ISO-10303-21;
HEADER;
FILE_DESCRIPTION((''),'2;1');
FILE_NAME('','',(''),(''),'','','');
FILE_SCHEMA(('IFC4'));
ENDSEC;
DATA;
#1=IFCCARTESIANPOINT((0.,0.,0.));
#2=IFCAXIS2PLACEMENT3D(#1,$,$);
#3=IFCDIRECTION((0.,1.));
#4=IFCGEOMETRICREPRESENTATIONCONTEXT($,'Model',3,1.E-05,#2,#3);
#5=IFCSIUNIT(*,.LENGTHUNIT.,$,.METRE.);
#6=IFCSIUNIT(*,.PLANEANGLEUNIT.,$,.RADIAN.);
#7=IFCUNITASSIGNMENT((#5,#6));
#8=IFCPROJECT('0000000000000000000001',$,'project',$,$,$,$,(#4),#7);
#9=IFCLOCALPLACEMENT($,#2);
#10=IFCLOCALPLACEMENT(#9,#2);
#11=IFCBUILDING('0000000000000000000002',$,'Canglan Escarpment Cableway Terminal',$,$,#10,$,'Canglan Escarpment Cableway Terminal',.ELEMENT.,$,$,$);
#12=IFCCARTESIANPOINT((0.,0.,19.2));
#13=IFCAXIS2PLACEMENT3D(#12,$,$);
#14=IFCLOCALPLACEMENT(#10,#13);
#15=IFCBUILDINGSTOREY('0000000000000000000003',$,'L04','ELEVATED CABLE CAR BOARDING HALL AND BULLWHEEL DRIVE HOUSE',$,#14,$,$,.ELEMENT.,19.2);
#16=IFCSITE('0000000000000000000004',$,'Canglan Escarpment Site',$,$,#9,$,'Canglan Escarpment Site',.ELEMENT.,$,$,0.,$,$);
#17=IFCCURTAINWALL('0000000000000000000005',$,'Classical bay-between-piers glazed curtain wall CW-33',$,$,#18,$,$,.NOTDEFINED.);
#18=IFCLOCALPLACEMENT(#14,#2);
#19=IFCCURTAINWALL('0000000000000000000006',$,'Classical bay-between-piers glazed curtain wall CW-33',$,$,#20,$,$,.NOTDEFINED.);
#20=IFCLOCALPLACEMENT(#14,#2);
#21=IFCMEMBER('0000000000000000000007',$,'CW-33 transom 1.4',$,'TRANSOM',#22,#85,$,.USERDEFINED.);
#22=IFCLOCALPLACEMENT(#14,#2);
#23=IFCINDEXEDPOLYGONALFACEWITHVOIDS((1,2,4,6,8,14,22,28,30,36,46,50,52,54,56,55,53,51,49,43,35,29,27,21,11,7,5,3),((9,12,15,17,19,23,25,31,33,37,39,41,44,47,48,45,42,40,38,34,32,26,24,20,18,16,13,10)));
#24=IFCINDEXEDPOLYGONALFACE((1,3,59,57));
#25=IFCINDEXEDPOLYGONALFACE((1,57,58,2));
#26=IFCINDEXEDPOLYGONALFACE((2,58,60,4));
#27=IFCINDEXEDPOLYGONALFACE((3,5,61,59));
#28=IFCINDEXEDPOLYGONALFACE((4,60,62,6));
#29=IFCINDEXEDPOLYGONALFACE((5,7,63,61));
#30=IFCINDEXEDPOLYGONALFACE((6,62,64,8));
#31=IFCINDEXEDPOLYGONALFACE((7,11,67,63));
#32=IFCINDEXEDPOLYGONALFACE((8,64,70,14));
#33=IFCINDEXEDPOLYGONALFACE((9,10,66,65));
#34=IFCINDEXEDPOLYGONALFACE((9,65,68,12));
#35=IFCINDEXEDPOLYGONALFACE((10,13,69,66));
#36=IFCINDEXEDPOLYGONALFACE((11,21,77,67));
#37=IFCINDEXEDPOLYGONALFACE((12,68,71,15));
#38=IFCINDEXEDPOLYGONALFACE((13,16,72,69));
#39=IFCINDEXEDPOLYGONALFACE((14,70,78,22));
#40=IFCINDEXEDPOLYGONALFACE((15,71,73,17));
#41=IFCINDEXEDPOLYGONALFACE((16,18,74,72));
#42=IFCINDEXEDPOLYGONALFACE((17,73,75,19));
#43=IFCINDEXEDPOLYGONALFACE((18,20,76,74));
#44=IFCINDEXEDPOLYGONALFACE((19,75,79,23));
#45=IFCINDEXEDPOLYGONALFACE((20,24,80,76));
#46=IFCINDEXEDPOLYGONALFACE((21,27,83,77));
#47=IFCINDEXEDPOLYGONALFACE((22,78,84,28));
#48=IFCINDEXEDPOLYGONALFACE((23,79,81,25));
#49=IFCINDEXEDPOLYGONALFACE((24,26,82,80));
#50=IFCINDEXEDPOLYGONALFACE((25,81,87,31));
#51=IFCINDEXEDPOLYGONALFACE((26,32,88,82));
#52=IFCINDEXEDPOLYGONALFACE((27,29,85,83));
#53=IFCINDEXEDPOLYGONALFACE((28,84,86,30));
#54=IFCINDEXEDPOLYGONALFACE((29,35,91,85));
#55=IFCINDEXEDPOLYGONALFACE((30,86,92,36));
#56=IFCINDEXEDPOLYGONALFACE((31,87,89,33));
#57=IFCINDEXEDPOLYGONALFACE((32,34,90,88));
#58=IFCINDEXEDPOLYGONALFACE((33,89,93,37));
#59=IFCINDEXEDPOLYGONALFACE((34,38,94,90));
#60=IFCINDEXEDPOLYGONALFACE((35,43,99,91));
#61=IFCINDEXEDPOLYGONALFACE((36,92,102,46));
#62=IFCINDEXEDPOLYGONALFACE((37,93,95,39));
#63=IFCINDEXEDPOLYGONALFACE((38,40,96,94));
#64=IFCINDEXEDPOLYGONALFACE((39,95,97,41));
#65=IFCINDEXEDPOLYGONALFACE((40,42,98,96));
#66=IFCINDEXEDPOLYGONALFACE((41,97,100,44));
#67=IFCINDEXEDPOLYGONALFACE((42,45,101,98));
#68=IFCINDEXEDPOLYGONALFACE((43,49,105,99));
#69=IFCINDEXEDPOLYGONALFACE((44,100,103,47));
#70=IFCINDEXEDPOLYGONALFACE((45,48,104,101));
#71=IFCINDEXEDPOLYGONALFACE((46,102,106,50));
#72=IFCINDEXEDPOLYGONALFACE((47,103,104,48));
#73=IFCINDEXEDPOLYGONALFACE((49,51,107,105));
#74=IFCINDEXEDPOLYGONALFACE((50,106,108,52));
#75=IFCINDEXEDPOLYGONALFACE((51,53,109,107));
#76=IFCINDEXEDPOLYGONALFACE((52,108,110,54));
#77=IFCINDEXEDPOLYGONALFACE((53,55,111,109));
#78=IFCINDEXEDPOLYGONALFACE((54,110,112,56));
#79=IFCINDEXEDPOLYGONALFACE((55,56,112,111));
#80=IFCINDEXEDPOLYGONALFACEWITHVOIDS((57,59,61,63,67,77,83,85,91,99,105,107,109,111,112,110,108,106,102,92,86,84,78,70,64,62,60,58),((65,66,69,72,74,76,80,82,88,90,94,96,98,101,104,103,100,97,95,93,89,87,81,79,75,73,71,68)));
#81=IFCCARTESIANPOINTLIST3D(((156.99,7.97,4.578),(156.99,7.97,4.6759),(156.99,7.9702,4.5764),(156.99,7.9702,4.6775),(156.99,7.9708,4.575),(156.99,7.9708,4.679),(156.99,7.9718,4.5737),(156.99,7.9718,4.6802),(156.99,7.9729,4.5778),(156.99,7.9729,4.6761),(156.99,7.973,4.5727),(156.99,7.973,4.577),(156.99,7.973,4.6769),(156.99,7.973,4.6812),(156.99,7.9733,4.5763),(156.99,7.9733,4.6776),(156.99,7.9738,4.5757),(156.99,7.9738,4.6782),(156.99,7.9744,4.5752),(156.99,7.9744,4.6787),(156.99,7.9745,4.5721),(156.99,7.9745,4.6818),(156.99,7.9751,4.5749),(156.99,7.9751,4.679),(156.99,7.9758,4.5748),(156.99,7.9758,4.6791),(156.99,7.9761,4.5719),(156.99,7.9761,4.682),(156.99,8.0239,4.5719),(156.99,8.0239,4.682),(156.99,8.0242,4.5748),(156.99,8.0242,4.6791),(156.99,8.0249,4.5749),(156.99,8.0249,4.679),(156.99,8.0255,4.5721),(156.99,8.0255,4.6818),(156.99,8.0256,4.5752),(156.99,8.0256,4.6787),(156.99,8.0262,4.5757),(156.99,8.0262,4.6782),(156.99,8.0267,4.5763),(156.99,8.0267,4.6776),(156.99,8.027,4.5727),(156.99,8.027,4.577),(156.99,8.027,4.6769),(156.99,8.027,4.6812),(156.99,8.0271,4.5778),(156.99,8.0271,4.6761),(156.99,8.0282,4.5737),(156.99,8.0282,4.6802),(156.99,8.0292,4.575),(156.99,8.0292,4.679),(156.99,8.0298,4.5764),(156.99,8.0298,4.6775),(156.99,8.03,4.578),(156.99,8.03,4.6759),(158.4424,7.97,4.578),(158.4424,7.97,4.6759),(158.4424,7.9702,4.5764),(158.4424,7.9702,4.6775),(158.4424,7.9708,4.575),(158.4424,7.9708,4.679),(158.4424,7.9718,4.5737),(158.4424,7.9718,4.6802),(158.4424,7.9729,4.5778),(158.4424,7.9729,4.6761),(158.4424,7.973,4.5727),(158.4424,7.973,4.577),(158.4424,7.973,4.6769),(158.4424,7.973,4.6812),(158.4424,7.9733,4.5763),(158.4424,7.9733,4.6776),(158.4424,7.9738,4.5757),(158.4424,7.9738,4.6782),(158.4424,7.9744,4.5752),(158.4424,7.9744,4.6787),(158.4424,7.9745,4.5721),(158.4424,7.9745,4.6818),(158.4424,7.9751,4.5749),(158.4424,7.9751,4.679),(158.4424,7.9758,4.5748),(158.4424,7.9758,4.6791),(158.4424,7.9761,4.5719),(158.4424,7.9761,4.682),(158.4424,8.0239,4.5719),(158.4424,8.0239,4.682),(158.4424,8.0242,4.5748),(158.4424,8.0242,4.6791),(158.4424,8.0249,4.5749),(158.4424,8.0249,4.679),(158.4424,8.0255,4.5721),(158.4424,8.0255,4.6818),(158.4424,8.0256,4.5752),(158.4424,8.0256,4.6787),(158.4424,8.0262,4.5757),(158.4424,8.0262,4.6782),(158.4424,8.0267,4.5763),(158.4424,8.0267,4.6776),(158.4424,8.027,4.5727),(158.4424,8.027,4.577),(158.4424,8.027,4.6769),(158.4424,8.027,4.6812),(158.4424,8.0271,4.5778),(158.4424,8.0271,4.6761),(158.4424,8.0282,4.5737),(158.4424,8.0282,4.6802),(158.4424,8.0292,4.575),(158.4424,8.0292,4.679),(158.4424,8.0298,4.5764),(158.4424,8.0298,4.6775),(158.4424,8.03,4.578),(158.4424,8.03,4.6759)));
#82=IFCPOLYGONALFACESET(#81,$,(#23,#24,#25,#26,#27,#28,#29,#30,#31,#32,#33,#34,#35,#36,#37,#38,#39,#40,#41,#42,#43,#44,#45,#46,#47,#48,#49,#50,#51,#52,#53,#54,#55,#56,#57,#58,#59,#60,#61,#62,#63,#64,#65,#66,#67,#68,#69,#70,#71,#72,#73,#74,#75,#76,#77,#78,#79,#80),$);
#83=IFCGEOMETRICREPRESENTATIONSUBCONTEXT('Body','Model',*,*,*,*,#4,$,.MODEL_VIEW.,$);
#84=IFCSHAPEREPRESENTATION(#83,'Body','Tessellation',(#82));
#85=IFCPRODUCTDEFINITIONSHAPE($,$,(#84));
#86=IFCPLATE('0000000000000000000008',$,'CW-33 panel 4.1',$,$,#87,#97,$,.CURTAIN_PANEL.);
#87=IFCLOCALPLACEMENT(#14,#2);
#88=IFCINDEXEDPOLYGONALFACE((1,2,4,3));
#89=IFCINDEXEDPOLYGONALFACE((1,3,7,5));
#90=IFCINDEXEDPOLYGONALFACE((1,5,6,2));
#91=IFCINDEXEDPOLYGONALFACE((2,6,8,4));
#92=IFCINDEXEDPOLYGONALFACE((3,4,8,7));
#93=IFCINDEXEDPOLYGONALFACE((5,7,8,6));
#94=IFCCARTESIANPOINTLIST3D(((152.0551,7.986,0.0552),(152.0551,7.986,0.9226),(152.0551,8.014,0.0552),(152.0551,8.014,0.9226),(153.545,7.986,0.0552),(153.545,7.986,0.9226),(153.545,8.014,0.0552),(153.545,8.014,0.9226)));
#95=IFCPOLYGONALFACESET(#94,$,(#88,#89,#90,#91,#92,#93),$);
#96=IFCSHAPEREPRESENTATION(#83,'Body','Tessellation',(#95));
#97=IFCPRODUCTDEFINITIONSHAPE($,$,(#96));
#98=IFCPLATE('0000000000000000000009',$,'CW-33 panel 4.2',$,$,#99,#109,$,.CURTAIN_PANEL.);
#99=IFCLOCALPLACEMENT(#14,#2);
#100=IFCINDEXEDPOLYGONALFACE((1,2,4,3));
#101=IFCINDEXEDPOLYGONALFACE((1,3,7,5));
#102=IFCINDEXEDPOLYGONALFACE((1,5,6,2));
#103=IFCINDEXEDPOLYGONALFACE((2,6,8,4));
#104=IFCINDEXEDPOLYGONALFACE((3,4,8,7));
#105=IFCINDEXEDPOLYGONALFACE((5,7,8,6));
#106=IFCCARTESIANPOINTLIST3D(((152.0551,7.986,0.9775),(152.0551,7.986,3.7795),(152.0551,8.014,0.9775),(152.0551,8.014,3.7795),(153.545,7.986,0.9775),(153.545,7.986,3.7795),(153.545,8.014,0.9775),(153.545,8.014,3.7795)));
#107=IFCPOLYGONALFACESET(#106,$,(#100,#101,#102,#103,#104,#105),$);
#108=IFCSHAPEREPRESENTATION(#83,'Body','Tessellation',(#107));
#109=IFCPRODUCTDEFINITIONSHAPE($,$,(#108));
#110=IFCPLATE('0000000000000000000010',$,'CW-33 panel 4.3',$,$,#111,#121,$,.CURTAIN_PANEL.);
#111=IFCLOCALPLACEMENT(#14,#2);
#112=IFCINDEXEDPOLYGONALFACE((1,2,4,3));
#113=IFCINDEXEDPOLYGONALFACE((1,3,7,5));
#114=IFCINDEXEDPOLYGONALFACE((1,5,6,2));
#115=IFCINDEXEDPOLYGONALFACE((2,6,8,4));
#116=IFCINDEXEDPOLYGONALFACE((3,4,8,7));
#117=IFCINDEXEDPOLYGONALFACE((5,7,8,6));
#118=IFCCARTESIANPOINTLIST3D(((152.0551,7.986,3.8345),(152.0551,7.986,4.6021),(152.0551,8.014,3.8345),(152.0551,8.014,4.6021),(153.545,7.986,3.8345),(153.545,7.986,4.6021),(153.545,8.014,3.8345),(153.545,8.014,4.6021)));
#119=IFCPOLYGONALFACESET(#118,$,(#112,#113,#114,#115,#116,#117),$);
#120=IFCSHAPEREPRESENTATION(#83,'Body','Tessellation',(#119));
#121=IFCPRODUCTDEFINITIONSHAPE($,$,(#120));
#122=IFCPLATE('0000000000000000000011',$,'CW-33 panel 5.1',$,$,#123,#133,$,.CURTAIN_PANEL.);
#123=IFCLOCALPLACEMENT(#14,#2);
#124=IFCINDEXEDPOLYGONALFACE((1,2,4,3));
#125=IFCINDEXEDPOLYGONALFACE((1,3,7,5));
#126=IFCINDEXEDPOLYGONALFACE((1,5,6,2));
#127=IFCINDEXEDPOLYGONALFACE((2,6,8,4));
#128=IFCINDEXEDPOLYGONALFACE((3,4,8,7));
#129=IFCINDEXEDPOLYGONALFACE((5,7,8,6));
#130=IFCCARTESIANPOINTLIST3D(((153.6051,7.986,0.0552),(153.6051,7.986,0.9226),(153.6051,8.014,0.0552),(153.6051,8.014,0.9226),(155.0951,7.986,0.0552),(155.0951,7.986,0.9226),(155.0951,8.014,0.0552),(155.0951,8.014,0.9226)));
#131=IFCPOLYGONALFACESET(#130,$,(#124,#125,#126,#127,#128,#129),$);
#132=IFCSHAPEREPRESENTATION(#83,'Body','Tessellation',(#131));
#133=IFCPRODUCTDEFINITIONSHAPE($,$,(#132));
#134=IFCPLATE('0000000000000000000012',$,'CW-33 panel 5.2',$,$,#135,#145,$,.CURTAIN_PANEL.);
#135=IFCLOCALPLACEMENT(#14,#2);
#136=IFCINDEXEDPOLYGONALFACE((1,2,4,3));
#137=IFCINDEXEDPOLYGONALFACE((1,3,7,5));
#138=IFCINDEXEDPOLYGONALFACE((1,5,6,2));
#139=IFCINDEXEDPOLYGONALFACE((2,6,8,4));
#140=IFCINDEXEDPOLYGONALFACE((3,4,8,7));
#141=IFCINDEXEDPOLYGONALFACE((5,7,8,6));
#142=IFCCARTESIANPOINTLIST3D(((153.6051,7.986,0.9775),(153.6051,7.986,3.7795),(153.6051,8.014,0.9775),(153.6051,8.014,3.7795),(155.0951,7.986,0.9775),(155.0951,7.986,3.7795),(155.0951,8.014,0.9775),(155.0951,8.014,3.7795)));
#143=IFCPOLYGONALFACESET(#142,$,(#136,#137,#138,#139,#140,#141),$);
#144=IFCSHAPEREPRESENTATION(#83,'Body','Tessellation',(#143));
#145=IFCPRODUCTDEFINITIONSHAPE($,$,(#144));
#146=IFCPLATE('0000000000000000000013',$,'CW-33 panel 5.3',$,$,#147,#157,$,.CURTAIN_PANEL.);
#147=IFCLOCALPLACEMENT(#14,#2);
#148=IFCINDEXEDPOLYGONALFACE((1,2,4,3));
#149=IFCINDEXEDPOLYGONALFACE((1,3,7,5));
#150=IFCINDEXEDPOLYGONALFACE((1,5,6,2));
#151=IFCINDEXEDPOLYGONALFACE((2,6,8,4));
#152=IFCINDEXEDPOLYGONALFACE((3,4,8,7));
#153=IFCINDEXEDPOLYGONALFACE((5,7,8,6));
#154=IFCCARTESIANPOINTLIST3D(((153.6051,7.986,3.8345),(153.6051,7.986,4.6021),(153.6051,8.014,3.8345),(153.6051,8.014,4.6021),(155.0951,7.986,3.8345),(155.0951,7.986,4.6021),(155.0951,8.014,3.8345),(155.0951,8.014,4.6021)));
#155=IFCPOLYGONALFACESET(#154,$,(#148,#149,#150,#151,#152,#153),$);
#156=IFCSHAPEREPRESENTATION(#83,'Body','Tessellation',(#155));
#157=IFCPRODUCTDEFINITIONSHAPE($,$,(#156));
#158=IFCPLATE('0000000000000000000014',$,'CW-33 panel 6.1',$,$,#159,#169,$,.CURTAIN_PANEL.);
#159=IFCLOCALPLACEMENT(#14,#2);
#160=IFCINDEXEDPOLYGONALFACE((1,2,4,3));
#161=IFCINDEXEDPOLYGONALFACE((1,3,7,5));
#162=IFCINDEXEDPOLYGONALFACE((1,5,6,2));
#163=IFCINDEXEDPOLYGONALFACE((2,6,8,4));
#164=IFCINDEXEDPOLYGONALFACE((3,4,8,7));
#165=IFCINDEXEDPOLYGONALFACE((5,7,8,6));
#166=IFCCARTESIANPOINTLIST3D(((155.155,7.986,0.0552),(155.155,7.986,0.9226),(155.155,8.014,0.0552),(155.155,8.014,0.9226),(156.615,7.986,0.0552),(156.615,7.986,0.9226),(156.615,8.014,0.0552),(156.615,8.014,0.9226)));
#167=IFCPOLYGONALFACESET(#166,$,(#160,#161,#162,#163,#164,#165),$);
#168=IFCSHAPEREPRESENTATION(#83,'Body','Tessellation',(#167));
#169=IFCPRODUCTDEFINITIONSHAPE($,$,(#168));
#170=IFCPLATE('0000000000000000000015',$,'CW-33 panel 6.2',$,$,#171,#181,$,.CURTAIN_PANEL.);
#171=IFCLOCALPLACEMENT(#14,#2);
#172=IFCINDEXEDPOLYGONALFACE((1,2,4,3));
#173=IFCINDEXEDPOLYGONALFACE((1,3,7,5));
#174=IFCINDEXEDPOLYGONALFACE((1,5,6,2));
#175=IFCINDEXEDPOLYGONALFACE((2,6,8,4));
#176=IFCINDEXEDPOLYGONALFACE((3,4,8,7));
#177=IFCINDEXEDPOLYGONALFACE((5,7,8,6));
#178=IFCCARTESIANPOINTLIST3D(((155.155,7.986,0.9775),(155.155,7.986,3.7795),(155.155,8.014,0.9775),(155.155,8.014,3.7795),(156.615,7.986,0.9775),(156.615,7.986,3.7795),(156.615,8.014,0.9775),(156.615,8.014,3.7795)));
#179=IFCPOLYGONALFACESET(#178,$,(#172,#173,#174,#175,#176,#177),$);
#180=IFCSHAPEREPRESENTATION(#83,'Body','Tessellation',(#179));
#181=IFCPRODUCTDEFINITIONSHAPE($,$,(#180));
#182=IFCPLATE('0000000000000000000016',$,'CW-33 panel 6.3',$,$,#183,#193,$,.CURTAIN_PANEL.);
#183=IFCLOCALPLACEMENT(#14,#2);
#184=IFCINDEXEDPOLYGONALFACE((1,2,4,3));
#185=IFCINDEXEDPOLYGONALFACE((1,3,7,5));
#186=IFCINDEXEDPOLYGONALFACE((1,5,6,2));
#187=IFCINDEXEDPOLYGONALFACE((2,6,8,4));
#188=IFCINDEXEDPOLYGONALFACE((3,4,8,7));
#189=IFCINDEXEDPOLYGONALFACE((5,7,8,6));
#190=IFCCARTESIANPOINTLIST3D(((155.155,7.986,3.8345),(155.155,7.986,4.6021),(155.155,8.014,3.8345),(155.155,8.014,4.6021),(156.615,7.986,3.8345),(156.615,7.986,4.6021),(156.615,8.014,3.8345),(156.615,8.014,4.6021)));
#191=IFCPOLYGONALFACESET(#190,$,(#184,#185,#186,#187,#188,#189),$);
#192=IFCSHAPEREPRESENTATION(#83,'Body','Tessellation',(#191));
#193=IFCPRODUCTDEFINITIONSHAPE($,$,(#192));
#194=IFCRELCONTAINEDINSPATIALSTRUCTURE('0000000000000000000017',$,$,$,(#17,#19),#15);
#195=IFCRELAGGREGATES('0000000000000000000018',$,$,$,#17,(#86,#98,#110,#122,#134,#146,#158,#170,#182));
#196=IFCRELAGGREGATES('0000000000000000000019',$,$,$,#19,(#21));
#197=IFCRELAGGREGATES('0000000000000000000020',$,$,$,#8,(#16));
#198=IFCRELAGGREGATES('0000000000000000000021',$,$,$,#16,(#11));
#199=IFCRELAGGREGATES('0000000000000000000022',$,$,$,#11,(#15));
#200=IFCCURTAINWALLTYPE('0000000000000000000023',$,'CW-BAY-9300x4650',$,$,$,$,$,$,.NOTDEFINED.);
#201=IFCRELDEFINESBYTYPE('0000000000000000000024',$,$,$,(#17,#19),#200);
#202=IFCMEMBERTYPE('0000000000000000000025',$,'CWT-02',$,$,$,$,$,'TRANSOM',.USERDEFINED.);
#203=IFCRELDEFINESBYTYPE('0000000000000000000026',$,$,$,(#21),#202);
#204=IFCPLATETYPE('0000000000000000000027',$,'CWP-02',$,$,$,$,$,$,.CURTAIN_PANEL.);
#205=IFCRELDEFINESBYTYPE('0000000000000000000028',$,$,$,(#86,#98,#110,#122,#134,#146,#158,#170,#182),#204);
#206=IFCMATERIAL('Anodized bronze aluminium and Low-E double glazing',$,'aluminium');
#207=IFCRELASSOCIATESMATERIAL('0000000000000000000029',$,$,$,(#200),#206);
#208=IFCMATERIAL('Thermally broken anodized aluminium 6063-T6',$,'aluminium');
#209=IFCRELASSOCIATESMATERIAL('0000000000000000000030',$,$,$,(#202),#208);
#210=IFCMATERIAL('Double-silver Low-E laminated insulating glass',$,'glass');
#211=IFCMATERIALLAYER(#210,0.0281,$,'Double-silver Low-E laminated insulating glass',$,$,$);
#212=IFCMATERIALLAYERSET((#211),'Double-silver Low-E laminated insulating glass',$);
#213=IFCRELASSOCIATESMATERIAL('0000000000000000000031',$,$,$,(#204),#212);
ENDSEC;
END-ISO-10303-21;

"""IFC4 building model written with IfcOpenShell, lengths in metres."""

from ifc_helpers import new_model, si_unit, direction, frame, origin, origin_2d, place, context, subcontext, project, spatial, rectangle, hollow_rectangle, extrude, material, layer, layer_set, material_profile, profile_set, type_object, element, aggregate, save


model = new_model("IFC4")

# Units and contexts
model_context = context("Model", 3, precision=1e-05, world=origin(), true_north=direction((0.0, 1.0)))
body_context = subcontext(model_context, "Body", "Model", "MODEL_VIEW")
ifc_project = project(units=[si_unit("LENGTHUNIT", "METRE"), si_unit("PLANEANGLEUNIT", "RADIAN")], contexts=[model_context])

# Site, building, storey
site_placement = place(None, origin())
site = spatial("IfcSite", under=ifc_project, at=site_placement, Name="Canglan Escarpment Site", LongName="Canglan Escarpment Site", CompositionType="ELEMENT", RefElevation=0.0)
building_placement = place(site_placement, origin())
building = spatial("IfcBuilding", under=site, at=building_placement, Name="Canglan Escarpment Cableway Terminal", LongName="Canglan Escarpment Cableway Terminal", CompositionType="ELEMENT")
storey_placement = place(building_placement, frame((0.0, 0.0, 19.2)))
storey = spatial("IfcBuildingStorey", under=building, at=storey_placement, Name="L04", Description="ELEVATED CABLE CAR BOARDING HALL AND BULLWHEEL DRIVE HOUSE", CompositionType="ELEMENT", Elevation=19.2)

# Curtain walls
ifc_material_1 = material(Name="Anodized bronze aluminium and Low-E double glazing", Category="aluminium")
curtain_wall_type = type_object("IfcCurtainWallType", Name="CW-BAY-9300x4650", PredefinedType="NOTDEFINED", material=ifc_material_1)
curtain_wall_1_placement = place(storey_placement, origin())
curtain_wall_1 = element("IfcCurtainWall", 1, at=curtain_wall_1_placement, inside=storey, type_object=curtain_wall_type, Name="Classical bay-between-piers glazed curtain wall CW-33", PredefinedType="NOTDEFINED")
ifc_material_2 = material(Name="Thermally broken anodized aluminium 6063-T6", Category="aluminium")
curtain_wall_2_placement = place(storey_placement, origin())
curtain_wall_2 = element("IfcCurtainWall", 2, at=curtain_wall_2_placement, inside=storey, type_object=curtain_wall_type, Name="Classical bay-between-piers glazed curtain wall CW-33", PredefinedType="NOTDEFINED")

# Member
ifc_material_profile_1 = material_profile(ifc_material_2, hollow_rectangle(XDim=0.0601, YDim=0.1101, WallThickness=0.0029, InnerFilletRadius=0.0029, OuterFilletRadius=0.0061, at=origin_2d()), Name="ALU-TRAN 60x110x3")
ifc_profile_set_1 = profile_set([ifc_material_profile_1], Name="Thermally broken anodized aluminium 6063-T6")
member_type_1 = type_object("IfcMemberType", Name="CWT-02", ElementType="TRANSOM", PredefinedType="USERDEFINED", material=ifc_profile_set_1)
member_1_placement = place(storey_placement, frame((156.99, 8.0, 4.627), z_axis=(1.0, 0.0, 0.0), x_axis=(0.0, 1.0, 0.0)))
member_1 = element("IfcMember", 3, at=member_1_placement, type_object=member_type_1, Name="CW-33 transom 1.4", ObjectType="TRANSOM", PredefinedType="USERDEFINED", context=body_context, shape_type="SweptSolid", body=[
    extrude(hollow_rectangle(XDim=0.0601, YDim=0.1101, WallThickness=0.0029, InnerFilletRadius=0.0029, OuterFilletRadius=0.0061, at=origin_2d()), origin(), (0.0, 0.0, 1.0), 1.4524),
])

# Plates
ifc_material_3 = material(Name="Double-silver Low-E laminated insulating glass", Category="glass")
ifc_layer_1 = layer(ifc_material_3, 0.0281, Name="Double-silver Low-E laminated insulating glass")
ifc_layer_set_1 = layer_set([ifc_layer_1], Name="Double-silver Low-E laminated insulating glass")
plate_type_1 = type_object("IfcPlateType", Name="CWP-02", PredefinedType="CURTAIN_PANEL", material=ifc_layer_set_1)
plate_1_placement = place(storey_placement, frame((152.8, 8.0, 0.0552), z_axis=(0.0, 0.0, 1.0), x_axis=(1.0, 0.0, 0.0)))
plate_1 = element("IfcPlate", 4, at=plate_1_placement, type_object=plate_type_1, Name="CW-33 panel 4.1", PredefinedType="CURTAIN_PANEL", context=body_context, shape_type="SweptSolid", body=[
    extrude(rectangle(XDim=1.49, YDim=0.0281, at=origin_2d()), origin(), (0.0, 0.0, 1.0), 0.8674),
])
plate_2_placement = place(storey_placement, frame((152.8, 8.0, 0.9775), z_axis=(0.0, 0.0, 1.0), x_axis=(1.0, 0.0, 0.0)))
plate_2 = element("IfcPlate", 5, at=plate_2_placement, type_object=plate_type_1, Name="CW-33 panel 4.2", PredefinedType="CURTAIN_PANEL", context=body_context, shape_type="SweptSolid", body=[
    extrude(rectangle(XDim=1.49, YDim=0.0281, at=origin_2d()), origin(), (0.0, 0.0, 1.0), 2.802),
])
plate_3_placement = place(storey_placement, frame((152.8, 8.0, 3.8345), z_axis=(0.0, 0.0, 1.0), x_axis=(1.0, 0.0, 0.0)))
plate_3 = element("IfcPlate", 6, at=plate_3_placement, type_object=plate_type_1, Name="CW-33 panel 4.3", PredefinedType="CURTAIN_PANEL", context=body_context, shape_type="SweptSolid", body=[
    extrude(rectangle(XDim=1.49, YDim=0.0281, at=origin_2d()), origin(), (0.0, 0.0, 1.0), 0.7676),
])
plate_4_placement = place(storey_placement, frame((154.3501, 8.0, 0.0552), z_axis=(0.0, 0.0, 1.0), x_axis=(1.0, 0.0, 0.0)))
plate_4 = element("IfcPlate", 7, at=plate_4_placement, type_object=plate_type_1, Name="CW-33 panel 5.1", PredefinedType="CURTAIN_PANEL", context=body_context, shape_type="SweptSolid", body=[
    extrude(rectangle(XDim=1.49, YDim=0.0281, at=origin_2d()), origin(), (0.0, 0.0, 1.0), 0.8674),
])
plate_5_placement = place(storey_placement, frame((154.3501, 8.0, 0.9775), z_axis=(0.0, 0.0, 1.0), x_axis=(1.0, 0.0, 0.0)))
plate_5 = element("IfcPlate", 8, at=plate_5_placement, type_object=plate_type_1, Name="CW-33 panel 5.2", PredefinedType="CURTAIN_PANEL", context=body_context, shape_type="SweptSolid", body=[
    extrude(rectangle(XDim=1.49, YDim=0.0281, at=origin_2d()), origin(), (0.0, 0.0, 1.0), 2.802),
])
plate_6_placement = place(storey_placement, frame((154.3501, 8.0, 3.8345), z_axis=(0.0, 0.0, 1.0), x_axis=(1.0, 0.0, 0.0)))
plate_6 = element("IfcPlate", 9, at=plate_6_placement, type_object=plate_type_1, Name="CW-33 panel 5.3", PredefinedType="CURTAIN_PANEL", context=body_context, shape_type="SweptSolid", body=[
    extrude(rectangle(XDim=1.49, YDim=0.0281, at=origin_2d()), origin(), (0.0, 0.0, 1.0), 0.7676),
])
plate_7_placement = place(storey_placement, frame((155.885, 8.0, 0.0552), z_axis=(0.0, 0.0, 1.0), x_axis=(1.0, 0.0, 0.0)))
plate_7 = element("IfcPlate", 10, at=plate_7_placement, type_object=plate_type_1, Name="CW-33 panel 6.1", PredefinedType="CURTAIN_PANEL", context=body_context, shape_type="SweptSolid", body=[
    extrude(rectangle(XDim=1.46, YDim=0.0281, at=origin_2d()), origin(), (0.0, 0.0, 1.0), 0.8674),
])
plate_8_placement = place(storey_placement, frame((155.885, 8.0, 0.9775), z_axis=(0.0, 0.0, 1.0), x_axis=(1.0, 0.0, 0.0)))
plate_8 = element("IfcPlate", 11, at=plate_8_placement, type_object=plate_type_1, Name="CW-33 panel 6.2", PredefinedType="CURTAIN_PANEL", context=body_context, shape_type="SweptSolid", body=[
    extrude(rectangle(XDim=1.46, YDim=0.0281, at=origin_2d()), origin(), (0.0, 0.0, 1.0), 2.802),
])
plate_9_placement = place(storey_placement, frame((155.885, 8.0, 3.8345), z_axis=(0.0, 0.0, 1.0), x_axis=(1.0, 0.0, 0.0)))
plate_9 = element("IfcPlate", 12, at=plate_9_placement, type_object=plate_type_1, Name="CW-33 panel 6.3", PredefinedType="CURTAIN_PANEL", context=body_context, shape_type="SweptSolid", body=[
    extrude(rectangle(XDim=1.46, YDim=0.0281, at=origin_2d()), origin(), (0.0, 0.0, 1.0), 0.7676),
])
aggregate(curtain_wall_1, [plate_1, plate_2, plate_3, plate_4, plate_5, plate_6, plate_7, plate_8, plate_9])
aggregate(curtain_wall_2, [member_1])

save(model, "model.ifc")
